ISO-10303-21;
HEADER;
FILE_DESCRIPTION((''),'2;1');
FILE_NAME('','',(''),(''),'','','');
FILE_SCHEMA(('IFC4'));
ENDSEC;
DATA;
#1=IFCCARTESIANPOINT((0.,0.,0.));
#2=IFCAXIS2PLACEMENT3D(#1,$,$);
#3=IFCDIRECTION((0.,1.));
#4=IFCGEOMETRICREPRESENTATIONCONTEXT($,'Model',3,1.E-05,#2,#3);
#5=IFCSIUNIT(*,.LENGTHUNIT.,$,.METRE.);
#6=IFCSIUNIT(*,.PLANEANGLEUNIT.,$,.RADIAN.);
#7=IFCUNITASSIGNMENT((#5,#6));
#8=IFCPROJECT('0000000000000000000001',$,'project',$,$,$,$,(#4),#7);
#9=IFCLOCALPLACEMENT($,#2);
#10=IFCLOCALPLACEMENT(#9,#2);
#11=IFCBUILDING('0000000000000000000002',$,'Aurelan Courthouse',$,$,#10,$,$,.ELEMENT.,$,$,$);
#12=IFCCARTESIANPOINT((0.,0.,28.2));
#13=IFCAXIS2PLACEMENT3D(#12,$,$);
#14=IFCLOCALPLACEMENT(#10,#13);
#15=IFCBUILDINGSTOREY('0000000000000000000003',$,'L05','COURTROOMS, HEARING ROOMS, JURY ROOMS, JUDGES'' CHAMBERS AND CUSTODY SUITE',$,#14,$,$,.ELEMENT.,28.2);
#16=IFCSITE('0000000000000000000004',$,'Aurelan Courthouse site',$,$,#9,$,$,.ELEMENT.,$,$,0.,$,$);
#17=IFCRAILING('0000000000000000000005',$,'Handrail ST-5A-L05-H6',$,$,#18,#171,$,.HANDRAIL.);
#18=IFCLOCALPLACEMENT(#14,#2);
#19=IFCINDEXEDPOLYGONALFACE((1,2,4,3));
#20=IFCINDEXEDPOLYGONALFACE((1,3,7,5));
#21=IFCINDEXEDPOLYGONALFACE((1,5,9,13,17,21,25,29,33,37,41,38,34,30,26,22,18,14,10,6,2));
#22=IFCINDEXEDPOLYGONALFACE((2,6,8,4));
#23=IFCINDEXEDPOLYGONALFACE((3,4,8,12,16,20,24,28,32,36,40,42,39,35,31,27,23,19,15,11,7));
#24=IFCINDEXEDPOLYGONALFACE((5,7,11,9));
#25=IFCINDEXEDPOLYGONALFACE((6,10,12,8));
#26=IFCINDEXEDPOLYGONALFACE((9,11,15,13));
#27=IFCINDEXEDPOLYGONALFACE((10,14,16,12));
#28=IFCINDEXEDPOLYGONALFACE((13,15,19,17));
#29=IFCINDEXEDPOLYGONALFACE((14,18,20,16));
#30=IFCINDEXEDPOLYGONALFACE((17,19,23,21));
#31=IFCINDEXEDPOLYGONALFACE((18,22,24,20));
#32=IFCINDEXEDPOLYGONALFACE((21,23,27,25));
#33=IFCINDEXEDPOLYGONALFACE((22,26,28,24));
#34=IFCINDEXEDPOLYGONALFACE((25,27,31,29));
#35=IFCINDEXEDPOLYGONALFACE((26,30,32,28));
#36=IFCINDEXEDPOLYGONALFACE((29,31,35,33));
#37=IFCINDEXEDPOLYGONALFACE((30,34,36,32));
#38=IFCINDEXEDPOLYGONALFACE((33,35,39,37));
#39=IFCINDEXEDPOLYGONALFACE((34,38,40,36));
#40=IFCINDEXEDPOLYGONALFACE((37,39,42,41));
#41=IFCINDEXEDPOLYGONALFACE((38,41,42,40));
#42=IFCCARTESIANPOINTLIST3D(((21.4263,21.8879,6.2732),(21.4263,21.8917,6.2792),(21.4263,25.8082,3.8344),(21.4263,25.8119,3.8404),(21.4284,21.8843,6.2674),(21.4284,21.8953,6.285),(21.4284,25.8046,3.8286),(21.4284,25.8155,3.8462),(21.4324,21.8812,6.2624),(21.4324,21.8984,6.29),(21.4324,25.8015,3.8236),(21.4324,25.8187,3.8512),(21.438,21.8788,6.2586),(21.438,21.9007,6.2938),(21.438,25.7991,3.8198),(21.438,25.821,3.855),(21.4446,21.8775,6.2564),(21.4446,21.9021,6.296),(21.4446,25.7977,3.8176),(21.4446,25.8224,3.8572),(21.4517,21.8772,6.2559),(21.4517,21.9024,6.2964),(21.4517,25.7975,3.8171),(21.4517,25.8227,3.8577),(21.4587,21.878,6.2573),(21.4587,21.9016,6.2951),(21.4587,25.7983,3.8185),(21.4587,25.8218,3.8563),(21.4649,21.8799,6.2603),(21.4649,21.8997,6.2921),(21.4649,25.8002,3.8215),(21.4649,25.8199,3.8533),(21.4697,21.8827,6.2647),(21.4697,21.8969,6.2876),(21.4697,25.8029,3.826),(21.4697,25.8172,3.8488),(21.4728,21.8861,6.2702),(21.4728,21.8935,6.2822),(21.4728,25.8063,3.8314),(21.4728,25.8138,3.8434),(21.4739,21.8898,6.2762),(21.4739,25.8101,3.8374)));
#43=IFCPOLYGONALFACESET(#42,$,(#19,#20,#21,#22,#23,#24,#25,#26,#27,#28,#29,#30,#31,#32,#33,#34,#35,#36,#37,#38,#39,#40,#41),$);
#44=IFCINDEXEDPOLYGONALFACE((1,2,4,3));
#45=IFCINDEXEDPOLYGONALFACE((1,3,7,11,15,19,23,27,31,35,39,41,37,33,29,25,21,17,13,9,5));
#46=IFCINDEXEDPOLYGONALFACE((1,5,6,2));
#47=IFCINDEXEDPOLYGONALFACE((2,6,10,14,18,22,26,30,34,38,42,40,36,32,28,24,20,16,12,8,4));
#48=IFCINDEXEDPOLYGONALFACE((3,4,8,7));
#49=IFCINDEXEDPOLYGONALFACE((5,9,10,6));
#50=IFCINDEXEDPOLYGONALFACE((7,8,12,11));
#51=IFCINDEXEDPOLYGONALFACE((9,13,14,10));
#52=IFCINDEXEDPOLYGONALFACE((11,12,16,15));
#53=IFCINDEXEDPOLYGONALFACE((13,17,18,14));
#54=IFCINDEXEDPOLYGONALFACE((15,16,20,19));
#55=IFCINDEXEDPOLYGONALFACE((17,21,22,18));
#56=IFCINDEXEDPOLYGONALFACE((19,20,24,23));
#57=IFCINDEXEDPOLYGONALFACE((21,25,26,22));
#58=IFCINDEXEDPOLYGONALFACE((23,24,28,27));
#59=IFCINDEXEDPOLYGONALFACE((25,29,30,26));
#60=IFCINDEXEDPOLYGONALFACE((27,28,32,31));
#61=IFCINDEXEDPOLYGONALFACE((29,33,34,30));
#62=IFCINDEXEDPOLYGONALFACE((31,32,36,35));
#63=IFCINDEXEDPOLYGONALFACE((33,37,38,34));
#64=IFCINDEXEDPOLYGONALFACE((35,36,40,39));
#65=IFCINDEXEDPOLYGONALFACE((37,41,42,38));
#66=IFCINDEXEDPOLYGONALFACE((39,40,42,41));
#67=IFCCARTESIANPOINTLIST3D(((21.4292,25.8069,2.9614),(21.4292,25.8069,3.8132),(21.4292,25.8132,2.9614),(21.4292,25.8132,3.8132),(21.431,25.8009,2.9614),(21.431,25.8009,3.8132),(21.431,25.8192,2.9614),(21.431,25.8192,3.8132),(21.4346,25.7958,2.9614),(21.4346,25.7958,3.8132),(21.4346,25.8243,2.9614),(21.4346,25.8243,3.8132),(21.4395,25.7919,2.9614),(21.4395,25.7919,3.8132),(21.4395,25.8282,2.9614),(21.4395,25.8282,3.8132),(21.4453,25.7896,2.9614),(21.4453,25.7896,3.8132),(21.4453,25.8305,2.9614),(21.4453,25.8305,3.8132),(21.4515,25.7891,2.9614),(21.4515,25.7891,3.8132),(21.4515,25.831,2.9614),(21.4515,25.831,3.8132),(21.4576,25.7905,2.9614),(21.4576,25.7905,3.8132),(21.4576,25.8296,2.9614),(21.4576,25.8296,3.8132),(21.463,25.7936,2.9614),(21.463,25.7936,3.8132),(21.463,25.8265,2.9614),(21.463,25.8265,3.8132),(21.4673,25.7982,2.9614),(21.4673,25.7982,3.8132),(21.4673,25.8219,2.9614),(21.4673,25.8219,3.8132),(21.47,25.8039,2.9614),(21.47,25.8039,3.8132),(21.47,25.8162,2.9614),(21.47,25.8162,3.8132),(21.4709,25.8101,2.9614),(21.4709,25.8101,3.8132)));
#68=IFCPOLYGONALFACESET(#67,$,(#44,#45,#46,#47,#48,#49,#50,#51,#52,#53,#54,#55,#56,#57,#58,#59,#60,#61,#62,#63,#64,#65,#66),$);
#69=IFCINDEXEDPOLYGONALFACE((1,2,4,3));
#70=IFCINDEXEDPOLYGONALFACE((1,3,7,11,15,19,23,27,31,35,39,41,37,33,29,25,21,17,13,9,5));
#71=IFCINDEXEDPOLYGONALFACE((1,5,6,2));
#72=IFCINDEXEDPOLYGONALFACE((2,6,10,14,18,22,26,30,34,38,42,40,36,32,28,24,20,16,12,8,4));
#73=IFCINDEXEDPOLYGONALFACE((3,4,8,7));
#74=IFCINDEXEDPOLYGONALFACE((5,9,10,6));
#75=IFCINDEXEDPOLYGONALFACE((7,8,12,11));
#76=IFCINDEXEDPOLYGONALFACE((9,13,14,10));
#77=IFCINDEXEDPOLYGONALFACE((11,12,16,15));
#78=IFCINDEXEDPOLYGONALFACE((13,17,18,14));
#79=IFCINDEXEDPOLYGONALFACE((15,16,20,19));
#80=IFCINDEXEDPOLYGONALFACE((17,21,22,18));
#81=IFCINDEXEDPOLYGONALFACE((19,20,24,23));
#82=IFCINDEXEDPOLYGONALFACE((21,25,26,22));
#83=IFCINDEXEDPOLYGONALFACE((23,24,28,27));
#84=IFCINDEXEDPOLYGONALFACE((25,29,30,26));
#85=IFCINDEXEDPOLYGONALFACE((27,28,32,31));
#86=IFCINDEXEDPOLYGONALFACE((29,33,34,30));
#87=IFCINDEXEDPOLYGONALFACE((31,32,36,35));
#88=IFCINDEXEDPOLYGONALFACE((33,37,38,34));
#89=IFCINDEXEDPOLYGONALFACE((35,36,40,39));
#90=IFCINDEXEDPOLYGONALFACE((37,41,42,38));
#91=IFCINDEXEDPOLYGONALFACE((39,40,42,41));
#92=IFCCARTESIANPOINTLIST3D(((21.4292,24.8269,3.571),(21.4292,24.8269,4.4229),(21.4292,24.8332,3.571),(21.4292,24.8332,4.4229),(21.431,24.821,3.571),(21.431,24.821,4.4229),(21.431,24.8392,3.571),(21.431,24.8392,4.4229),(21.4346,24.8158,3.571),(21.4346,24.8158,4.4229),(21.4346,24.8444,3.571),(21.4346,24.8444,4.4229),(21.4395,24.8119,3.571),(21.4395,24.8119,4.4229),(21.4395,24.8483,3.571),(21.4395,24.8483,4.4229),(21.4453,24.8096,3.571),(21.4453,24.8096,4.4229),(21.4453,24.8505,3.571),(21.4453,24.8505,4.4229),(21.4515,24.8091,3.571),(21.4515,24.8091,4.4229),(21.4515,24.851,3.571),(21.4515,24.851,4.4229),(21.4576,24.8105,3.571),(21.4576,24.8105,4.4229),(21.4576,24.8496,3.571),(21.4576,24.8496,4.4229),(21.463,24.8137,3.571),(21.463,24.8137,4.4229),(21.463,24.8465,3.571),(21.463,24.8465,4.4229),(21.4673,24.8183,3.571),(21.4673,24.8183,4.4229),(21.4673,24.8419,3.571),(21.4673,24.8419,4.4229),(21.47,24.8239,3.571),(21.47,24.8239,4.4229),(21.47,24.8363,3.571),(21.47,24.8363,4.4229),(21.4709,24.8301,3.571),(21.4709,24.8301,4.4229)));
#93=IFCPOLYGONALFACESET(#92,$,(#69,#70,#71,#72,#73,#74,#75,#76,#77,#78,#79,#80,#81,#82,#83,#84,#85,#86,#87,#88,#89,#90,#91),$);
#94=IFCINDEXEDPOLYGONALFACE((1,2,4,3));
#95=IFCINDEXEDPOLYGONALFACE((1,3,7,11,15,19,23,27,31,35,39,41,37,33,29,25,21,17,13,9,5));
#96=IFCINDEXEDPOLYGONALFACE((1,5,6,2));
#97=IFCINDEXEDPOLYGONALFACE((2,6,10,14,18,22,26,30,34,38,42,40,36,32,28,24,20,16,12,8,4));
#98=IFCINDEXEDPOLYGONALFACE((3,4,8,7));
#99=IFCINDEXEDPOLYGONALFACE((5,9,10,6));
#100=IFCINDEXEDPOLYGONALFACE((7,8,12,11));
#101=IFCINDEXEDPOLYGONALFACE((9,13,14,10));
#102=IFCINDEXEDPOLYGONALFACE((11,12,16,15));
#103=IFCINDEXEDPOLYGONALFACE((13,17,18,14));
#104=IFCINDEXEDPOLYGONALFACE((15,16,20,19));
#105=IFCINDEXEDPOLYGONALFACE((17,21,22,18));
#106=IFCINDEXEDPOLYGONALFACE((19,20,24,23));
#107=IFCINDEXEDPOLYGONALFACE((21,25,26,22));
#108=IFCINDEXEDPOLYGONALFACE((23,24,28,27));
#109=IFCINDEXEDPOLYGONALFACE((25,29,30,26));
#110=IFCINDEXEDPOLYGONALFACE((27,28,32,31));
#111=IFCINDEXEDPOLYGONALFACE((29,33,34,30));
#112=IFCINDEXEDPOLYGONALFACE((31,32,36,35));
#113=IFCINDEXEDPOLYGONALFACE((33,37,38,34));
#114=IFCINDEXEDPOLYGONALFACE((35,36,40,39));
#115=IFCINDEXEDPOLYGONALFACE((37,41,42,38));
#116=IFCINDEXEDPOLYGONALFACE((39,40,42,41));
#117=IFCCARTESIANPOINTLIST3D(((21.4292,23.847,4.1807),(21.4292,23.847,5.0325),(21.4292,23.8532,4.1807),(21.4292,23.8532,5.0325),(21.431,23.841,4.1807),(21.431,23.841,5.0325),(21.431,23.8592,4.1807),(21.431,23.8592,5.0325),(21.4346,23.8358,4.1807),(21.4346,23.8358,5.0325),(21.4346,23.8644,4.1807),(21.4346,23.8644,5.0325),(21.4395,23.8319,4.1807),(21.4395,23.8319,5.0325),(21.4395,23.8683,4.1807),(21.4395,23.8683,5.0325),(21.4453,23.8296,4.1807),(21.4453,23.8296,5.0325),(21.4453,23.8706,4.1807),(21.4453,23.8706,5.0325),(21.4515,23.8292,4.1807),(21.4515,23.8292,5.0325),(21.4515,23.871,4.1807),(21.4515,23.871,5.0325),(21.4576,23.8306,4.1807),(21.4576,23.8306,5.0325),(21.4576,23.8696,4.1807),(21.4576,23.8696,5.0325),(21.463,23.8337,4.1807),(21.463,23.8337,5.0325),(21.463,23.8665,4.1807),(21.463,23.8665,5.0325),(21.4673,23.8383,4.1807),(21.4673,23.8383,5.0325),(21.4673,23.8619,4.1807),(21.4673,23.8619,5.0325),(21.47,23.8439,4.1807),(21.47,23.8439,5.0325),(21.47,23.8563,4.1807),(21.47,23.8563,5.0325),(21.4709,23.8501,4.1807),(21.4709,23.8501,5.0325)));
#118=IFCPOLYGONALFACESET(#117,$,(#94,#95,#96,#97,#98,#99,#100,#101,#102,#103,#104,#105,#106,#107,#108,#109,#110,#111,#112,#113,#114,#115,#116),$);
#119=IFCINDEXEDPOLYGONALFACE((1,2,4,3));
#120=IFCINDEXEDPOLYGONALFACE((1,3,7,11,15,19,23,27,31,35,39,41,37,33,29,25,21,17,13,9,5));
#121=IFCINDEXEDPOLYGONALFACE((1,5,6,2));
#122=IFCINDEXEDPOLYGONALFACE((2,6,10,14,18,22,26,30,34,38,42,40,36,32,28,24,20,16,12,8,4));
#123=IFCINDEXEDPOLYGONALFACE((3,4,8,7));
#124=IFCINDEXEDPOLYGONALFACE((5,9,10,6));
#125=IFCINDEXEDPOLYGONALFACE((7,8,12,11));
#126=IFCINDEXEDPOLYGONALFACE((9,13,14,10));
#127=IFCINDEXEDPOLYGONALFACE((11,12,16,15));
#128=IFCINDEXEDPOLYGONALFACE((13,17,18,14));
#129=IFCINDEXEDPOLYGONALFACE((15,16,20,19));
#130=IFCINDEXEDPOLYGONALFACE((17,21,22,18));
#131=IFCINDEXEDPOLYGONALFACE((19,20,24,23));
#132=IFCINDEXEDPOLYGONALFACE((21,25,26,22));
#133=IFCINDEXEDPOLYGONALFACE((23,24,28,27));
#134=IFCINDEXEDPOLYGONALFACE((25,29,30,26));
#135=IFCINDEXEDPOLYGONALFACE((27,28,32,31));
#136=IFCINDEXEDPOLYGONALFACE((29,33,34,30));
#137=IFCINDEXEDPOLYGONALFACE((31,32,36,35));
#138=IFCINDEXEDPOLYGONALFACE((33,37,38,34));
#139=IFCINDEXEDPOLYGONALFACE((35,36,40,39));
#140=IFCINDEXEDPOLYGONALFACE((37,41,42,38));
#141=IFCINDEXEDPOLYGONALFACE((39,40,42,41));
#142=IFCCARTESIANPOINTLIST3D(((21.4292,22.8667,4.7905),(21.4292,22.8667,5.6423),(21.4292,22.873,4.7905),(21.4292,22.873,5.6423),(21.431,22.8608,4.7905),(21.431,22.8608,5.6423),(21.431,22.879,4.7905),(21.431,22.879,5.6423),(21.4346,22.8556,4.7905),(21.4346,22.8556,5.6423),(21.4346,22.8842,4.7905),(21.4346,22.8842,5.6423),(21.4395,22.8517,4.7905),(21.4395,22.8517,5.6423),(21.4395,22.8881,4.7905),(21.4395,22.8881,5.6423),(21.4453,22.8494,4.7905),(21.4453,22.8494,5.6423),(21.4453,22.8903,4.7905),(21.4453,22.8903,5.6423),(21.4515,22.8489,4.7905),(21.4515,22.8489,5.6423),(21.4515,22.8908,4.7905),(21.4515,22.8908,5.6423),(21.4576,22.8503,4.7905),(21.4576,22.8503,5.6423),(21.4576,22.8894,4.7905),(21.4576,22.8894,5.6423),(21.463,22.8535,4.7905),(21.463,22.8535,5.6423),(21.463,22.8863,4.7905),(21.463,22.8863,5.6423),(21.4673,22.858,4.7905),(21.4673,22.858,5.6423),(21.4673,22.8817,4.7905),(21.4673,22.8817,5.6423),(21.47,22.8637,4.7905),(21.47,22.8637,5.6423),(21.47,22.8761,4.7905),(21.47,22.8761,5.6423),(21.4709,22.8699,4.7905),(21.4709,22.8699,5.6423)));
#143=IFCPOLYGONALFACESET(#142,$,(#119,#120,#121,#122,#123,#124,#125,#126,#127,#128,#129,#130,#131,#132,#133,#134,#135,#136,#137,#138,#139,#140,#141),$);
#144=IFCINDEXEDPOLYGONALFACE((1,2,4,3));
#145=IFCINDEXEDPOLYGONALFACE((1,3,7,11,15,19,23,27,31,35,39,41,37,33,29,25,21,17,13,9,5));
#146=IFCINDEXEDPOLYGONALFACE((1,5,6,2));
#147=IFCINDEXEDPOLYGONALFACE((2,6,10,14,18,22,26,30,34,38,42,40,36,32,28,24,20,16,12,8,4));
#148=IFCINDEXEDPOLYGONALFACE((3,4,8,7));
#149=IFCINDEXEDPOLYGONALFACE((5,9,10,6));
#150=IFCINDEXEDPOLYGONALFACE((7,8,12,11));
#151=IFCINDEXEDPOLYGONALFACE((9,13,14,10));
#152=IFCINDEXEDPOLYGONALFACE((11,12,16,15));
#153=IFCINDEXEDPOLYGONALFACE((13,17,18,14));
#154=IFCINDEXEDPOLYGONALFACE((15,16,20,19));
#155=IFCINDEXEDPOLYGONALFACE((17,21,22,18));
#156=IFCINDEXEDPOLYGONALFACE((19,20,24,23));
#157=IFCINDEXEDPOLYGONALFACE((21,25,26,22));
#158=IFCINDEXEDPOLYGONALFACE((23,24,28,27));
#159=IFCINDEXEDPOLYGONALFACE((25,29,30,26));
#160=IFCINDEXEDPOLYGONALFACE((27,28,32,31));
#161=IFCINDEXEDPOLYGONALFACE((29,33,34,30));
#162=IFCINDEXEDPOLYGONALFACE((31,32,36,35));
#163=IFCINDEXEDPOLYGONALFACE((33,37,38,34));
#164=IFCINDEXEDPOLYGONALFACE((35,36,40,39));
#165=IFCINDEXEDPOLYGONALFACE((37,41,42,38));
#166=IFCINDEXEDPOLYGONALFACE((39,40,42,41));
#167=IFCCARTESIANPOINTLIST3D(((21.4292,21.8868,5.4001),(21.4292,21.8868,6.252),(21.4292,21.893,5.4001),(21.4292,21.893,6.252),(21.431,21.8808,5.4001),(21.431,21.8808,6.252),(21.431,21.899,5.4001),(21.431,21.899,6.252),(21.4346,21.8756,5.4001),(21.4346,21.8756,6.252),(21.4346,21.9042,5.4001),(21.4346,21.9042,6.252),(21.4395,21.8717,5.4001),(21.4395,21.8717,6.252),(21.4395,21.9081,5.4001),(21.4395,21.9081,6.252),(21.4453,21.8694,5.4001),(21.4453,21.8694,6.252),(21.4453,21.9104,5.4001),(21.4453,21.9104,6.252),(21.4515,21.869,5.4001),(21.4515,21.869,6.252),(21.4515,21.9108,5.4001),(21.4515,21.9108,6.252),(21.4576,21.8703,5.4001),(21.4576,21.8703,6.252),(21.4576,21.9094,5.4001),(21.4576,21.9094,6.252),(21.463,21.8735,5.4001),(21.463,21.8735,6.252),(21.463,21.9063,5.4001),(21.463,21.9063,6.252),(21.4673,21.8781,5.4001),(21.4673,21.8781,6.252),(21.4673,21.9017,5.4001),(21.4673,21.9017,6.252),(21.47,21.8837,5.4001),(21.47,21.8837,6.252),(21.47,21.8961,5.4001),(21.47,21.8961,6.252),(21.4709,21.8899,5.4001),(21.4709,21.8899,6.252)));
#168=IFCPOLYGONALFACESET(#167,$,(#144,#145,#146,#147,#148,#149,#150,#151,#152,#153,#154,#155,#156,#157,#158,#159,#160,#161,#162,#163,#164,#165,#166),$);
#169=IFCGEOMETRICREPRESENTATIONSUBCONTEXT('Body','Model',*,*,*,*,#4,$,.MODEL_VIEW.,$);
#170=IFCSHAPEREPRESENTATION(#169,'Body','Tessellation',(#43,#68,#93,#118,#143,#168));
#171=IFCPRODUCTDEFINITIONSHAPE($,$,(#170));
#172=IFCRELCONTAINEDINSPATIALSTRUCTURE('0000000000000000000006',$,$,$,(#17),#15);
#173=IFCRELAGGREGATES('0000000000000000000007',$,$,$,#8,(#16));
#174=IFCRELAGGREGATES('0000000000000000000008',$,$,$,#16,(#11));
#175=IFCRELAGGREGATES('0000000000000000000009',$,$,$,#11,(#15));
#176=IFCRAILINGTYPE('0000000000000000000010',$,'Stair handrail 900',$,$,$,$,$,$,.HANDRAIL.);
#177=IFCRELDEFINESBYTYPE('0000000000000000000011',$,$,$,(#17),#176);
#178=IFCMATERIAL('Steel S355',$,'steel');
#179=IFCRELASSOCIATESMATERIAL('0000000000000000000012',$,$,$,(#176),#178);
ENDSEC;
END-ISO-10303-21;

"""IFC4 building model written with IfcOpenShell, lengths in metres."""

from ifc_helpers import new_model, si_unit, direction, frame, origin, origin_2d, place, context, subcontext, project, spatial, circle, extrude, material, type_object, element, save


model = new_model("IFC4")

# Units and contexts
model_context = context("Model", 3, precision=1e-05, world=origin(), true_north=direction((0.0, 1.0)))
body_context = subcontext(model_context, "Body", "Model", "MODEL_VIEW")
ifc_project = project(units=[si_unit("LENGTHUNIT", "METRE"), si_unit("PLANEANGLEUNIT", "RADIAN")], contexts=[model_context])

# Site, building, storey
site_placement = place(None, origin())
site = spatial("IfcSite", under=ifc_project, at=site_placement, Name="Aurelan Courthouse site", CompositionType="ELEMENT", RefElevation=0.0)
building_placement = place(site_placement, origin())
building = spatial("IfcBuilding", under=site, at=building_placement, Name="Aurelan Courthouse", CompositionType="ELEMENT")
storey_placement = place(building_placement, frame((0.0, 0.0, 28.2)))
storey = spatial("IfcBuildingStorey", under=building, at=storey_placement, Name="L05", Description="COURTROOMS, HEARING ROOMS, JURY ROOMS, JUDGES' CHAMBERS AND CUSTODY SUITE", CompositionType="ELEMENT", Elevation=28.2)

# Railing
ifc_material_1 = material(Name="Steel S355", Category="steel")
railing_type_1 = type_object("IfcRailingType", Name="Stair handrail 900", PredefinedType="HANDRAIL", material=ifc_material_1)
for number, where, name in (
    (1, (21.45, 25.8101, 2.9614), "Handrail ST-5A-L05-H6"),
):
    element("IfcRailing", number, at=place(storey_placement, frame(where)), inside=storey, type_object=railing_type_1, Name=name, PredefinedType="HANDRAIL", context=body_context, shape_type="SweptSolid", body=[
        extrude(circle(Radius=0.0239, at=origin_2d()), frame((0.0, 0.0, 0.876), z_axis=(0.0, -0.849105, 0.528225), x_axis=(1.0, 0.0, 0.0)), (0.0, 0.0, 1.0), 4.6169),
        extrude(circle(Radius=0.021, at=origin_2d()), origin(), (0.0, 0.0, 1.0), 0.8518),
        extrude(circle(Radius=0.021, at=origin_2d()), frame((0.0, -0.98, 0.6096)), (0.0, 0.0, 1.0), 0.8518),
        extrude(circle(Radius=0.021, at=origin_2d()), frame((0.0, -1.96, 1.2192)), (0.0, 0.0, 1.0), 0.8518),
        extrude(circle(Radius=0.021, at=origin_2d()), frame((0.0, -2.9402, 1.8291)), (0.0, 0.0, 1.0), 0.8518),
        extrude(circle(Radius=0.021, at=origin_2d()), frame((0.0, -3.9202, 2.4387)), (0.0, 0.0, 1.0), 0.8518),
    ])

save(model, "model.ifc")
